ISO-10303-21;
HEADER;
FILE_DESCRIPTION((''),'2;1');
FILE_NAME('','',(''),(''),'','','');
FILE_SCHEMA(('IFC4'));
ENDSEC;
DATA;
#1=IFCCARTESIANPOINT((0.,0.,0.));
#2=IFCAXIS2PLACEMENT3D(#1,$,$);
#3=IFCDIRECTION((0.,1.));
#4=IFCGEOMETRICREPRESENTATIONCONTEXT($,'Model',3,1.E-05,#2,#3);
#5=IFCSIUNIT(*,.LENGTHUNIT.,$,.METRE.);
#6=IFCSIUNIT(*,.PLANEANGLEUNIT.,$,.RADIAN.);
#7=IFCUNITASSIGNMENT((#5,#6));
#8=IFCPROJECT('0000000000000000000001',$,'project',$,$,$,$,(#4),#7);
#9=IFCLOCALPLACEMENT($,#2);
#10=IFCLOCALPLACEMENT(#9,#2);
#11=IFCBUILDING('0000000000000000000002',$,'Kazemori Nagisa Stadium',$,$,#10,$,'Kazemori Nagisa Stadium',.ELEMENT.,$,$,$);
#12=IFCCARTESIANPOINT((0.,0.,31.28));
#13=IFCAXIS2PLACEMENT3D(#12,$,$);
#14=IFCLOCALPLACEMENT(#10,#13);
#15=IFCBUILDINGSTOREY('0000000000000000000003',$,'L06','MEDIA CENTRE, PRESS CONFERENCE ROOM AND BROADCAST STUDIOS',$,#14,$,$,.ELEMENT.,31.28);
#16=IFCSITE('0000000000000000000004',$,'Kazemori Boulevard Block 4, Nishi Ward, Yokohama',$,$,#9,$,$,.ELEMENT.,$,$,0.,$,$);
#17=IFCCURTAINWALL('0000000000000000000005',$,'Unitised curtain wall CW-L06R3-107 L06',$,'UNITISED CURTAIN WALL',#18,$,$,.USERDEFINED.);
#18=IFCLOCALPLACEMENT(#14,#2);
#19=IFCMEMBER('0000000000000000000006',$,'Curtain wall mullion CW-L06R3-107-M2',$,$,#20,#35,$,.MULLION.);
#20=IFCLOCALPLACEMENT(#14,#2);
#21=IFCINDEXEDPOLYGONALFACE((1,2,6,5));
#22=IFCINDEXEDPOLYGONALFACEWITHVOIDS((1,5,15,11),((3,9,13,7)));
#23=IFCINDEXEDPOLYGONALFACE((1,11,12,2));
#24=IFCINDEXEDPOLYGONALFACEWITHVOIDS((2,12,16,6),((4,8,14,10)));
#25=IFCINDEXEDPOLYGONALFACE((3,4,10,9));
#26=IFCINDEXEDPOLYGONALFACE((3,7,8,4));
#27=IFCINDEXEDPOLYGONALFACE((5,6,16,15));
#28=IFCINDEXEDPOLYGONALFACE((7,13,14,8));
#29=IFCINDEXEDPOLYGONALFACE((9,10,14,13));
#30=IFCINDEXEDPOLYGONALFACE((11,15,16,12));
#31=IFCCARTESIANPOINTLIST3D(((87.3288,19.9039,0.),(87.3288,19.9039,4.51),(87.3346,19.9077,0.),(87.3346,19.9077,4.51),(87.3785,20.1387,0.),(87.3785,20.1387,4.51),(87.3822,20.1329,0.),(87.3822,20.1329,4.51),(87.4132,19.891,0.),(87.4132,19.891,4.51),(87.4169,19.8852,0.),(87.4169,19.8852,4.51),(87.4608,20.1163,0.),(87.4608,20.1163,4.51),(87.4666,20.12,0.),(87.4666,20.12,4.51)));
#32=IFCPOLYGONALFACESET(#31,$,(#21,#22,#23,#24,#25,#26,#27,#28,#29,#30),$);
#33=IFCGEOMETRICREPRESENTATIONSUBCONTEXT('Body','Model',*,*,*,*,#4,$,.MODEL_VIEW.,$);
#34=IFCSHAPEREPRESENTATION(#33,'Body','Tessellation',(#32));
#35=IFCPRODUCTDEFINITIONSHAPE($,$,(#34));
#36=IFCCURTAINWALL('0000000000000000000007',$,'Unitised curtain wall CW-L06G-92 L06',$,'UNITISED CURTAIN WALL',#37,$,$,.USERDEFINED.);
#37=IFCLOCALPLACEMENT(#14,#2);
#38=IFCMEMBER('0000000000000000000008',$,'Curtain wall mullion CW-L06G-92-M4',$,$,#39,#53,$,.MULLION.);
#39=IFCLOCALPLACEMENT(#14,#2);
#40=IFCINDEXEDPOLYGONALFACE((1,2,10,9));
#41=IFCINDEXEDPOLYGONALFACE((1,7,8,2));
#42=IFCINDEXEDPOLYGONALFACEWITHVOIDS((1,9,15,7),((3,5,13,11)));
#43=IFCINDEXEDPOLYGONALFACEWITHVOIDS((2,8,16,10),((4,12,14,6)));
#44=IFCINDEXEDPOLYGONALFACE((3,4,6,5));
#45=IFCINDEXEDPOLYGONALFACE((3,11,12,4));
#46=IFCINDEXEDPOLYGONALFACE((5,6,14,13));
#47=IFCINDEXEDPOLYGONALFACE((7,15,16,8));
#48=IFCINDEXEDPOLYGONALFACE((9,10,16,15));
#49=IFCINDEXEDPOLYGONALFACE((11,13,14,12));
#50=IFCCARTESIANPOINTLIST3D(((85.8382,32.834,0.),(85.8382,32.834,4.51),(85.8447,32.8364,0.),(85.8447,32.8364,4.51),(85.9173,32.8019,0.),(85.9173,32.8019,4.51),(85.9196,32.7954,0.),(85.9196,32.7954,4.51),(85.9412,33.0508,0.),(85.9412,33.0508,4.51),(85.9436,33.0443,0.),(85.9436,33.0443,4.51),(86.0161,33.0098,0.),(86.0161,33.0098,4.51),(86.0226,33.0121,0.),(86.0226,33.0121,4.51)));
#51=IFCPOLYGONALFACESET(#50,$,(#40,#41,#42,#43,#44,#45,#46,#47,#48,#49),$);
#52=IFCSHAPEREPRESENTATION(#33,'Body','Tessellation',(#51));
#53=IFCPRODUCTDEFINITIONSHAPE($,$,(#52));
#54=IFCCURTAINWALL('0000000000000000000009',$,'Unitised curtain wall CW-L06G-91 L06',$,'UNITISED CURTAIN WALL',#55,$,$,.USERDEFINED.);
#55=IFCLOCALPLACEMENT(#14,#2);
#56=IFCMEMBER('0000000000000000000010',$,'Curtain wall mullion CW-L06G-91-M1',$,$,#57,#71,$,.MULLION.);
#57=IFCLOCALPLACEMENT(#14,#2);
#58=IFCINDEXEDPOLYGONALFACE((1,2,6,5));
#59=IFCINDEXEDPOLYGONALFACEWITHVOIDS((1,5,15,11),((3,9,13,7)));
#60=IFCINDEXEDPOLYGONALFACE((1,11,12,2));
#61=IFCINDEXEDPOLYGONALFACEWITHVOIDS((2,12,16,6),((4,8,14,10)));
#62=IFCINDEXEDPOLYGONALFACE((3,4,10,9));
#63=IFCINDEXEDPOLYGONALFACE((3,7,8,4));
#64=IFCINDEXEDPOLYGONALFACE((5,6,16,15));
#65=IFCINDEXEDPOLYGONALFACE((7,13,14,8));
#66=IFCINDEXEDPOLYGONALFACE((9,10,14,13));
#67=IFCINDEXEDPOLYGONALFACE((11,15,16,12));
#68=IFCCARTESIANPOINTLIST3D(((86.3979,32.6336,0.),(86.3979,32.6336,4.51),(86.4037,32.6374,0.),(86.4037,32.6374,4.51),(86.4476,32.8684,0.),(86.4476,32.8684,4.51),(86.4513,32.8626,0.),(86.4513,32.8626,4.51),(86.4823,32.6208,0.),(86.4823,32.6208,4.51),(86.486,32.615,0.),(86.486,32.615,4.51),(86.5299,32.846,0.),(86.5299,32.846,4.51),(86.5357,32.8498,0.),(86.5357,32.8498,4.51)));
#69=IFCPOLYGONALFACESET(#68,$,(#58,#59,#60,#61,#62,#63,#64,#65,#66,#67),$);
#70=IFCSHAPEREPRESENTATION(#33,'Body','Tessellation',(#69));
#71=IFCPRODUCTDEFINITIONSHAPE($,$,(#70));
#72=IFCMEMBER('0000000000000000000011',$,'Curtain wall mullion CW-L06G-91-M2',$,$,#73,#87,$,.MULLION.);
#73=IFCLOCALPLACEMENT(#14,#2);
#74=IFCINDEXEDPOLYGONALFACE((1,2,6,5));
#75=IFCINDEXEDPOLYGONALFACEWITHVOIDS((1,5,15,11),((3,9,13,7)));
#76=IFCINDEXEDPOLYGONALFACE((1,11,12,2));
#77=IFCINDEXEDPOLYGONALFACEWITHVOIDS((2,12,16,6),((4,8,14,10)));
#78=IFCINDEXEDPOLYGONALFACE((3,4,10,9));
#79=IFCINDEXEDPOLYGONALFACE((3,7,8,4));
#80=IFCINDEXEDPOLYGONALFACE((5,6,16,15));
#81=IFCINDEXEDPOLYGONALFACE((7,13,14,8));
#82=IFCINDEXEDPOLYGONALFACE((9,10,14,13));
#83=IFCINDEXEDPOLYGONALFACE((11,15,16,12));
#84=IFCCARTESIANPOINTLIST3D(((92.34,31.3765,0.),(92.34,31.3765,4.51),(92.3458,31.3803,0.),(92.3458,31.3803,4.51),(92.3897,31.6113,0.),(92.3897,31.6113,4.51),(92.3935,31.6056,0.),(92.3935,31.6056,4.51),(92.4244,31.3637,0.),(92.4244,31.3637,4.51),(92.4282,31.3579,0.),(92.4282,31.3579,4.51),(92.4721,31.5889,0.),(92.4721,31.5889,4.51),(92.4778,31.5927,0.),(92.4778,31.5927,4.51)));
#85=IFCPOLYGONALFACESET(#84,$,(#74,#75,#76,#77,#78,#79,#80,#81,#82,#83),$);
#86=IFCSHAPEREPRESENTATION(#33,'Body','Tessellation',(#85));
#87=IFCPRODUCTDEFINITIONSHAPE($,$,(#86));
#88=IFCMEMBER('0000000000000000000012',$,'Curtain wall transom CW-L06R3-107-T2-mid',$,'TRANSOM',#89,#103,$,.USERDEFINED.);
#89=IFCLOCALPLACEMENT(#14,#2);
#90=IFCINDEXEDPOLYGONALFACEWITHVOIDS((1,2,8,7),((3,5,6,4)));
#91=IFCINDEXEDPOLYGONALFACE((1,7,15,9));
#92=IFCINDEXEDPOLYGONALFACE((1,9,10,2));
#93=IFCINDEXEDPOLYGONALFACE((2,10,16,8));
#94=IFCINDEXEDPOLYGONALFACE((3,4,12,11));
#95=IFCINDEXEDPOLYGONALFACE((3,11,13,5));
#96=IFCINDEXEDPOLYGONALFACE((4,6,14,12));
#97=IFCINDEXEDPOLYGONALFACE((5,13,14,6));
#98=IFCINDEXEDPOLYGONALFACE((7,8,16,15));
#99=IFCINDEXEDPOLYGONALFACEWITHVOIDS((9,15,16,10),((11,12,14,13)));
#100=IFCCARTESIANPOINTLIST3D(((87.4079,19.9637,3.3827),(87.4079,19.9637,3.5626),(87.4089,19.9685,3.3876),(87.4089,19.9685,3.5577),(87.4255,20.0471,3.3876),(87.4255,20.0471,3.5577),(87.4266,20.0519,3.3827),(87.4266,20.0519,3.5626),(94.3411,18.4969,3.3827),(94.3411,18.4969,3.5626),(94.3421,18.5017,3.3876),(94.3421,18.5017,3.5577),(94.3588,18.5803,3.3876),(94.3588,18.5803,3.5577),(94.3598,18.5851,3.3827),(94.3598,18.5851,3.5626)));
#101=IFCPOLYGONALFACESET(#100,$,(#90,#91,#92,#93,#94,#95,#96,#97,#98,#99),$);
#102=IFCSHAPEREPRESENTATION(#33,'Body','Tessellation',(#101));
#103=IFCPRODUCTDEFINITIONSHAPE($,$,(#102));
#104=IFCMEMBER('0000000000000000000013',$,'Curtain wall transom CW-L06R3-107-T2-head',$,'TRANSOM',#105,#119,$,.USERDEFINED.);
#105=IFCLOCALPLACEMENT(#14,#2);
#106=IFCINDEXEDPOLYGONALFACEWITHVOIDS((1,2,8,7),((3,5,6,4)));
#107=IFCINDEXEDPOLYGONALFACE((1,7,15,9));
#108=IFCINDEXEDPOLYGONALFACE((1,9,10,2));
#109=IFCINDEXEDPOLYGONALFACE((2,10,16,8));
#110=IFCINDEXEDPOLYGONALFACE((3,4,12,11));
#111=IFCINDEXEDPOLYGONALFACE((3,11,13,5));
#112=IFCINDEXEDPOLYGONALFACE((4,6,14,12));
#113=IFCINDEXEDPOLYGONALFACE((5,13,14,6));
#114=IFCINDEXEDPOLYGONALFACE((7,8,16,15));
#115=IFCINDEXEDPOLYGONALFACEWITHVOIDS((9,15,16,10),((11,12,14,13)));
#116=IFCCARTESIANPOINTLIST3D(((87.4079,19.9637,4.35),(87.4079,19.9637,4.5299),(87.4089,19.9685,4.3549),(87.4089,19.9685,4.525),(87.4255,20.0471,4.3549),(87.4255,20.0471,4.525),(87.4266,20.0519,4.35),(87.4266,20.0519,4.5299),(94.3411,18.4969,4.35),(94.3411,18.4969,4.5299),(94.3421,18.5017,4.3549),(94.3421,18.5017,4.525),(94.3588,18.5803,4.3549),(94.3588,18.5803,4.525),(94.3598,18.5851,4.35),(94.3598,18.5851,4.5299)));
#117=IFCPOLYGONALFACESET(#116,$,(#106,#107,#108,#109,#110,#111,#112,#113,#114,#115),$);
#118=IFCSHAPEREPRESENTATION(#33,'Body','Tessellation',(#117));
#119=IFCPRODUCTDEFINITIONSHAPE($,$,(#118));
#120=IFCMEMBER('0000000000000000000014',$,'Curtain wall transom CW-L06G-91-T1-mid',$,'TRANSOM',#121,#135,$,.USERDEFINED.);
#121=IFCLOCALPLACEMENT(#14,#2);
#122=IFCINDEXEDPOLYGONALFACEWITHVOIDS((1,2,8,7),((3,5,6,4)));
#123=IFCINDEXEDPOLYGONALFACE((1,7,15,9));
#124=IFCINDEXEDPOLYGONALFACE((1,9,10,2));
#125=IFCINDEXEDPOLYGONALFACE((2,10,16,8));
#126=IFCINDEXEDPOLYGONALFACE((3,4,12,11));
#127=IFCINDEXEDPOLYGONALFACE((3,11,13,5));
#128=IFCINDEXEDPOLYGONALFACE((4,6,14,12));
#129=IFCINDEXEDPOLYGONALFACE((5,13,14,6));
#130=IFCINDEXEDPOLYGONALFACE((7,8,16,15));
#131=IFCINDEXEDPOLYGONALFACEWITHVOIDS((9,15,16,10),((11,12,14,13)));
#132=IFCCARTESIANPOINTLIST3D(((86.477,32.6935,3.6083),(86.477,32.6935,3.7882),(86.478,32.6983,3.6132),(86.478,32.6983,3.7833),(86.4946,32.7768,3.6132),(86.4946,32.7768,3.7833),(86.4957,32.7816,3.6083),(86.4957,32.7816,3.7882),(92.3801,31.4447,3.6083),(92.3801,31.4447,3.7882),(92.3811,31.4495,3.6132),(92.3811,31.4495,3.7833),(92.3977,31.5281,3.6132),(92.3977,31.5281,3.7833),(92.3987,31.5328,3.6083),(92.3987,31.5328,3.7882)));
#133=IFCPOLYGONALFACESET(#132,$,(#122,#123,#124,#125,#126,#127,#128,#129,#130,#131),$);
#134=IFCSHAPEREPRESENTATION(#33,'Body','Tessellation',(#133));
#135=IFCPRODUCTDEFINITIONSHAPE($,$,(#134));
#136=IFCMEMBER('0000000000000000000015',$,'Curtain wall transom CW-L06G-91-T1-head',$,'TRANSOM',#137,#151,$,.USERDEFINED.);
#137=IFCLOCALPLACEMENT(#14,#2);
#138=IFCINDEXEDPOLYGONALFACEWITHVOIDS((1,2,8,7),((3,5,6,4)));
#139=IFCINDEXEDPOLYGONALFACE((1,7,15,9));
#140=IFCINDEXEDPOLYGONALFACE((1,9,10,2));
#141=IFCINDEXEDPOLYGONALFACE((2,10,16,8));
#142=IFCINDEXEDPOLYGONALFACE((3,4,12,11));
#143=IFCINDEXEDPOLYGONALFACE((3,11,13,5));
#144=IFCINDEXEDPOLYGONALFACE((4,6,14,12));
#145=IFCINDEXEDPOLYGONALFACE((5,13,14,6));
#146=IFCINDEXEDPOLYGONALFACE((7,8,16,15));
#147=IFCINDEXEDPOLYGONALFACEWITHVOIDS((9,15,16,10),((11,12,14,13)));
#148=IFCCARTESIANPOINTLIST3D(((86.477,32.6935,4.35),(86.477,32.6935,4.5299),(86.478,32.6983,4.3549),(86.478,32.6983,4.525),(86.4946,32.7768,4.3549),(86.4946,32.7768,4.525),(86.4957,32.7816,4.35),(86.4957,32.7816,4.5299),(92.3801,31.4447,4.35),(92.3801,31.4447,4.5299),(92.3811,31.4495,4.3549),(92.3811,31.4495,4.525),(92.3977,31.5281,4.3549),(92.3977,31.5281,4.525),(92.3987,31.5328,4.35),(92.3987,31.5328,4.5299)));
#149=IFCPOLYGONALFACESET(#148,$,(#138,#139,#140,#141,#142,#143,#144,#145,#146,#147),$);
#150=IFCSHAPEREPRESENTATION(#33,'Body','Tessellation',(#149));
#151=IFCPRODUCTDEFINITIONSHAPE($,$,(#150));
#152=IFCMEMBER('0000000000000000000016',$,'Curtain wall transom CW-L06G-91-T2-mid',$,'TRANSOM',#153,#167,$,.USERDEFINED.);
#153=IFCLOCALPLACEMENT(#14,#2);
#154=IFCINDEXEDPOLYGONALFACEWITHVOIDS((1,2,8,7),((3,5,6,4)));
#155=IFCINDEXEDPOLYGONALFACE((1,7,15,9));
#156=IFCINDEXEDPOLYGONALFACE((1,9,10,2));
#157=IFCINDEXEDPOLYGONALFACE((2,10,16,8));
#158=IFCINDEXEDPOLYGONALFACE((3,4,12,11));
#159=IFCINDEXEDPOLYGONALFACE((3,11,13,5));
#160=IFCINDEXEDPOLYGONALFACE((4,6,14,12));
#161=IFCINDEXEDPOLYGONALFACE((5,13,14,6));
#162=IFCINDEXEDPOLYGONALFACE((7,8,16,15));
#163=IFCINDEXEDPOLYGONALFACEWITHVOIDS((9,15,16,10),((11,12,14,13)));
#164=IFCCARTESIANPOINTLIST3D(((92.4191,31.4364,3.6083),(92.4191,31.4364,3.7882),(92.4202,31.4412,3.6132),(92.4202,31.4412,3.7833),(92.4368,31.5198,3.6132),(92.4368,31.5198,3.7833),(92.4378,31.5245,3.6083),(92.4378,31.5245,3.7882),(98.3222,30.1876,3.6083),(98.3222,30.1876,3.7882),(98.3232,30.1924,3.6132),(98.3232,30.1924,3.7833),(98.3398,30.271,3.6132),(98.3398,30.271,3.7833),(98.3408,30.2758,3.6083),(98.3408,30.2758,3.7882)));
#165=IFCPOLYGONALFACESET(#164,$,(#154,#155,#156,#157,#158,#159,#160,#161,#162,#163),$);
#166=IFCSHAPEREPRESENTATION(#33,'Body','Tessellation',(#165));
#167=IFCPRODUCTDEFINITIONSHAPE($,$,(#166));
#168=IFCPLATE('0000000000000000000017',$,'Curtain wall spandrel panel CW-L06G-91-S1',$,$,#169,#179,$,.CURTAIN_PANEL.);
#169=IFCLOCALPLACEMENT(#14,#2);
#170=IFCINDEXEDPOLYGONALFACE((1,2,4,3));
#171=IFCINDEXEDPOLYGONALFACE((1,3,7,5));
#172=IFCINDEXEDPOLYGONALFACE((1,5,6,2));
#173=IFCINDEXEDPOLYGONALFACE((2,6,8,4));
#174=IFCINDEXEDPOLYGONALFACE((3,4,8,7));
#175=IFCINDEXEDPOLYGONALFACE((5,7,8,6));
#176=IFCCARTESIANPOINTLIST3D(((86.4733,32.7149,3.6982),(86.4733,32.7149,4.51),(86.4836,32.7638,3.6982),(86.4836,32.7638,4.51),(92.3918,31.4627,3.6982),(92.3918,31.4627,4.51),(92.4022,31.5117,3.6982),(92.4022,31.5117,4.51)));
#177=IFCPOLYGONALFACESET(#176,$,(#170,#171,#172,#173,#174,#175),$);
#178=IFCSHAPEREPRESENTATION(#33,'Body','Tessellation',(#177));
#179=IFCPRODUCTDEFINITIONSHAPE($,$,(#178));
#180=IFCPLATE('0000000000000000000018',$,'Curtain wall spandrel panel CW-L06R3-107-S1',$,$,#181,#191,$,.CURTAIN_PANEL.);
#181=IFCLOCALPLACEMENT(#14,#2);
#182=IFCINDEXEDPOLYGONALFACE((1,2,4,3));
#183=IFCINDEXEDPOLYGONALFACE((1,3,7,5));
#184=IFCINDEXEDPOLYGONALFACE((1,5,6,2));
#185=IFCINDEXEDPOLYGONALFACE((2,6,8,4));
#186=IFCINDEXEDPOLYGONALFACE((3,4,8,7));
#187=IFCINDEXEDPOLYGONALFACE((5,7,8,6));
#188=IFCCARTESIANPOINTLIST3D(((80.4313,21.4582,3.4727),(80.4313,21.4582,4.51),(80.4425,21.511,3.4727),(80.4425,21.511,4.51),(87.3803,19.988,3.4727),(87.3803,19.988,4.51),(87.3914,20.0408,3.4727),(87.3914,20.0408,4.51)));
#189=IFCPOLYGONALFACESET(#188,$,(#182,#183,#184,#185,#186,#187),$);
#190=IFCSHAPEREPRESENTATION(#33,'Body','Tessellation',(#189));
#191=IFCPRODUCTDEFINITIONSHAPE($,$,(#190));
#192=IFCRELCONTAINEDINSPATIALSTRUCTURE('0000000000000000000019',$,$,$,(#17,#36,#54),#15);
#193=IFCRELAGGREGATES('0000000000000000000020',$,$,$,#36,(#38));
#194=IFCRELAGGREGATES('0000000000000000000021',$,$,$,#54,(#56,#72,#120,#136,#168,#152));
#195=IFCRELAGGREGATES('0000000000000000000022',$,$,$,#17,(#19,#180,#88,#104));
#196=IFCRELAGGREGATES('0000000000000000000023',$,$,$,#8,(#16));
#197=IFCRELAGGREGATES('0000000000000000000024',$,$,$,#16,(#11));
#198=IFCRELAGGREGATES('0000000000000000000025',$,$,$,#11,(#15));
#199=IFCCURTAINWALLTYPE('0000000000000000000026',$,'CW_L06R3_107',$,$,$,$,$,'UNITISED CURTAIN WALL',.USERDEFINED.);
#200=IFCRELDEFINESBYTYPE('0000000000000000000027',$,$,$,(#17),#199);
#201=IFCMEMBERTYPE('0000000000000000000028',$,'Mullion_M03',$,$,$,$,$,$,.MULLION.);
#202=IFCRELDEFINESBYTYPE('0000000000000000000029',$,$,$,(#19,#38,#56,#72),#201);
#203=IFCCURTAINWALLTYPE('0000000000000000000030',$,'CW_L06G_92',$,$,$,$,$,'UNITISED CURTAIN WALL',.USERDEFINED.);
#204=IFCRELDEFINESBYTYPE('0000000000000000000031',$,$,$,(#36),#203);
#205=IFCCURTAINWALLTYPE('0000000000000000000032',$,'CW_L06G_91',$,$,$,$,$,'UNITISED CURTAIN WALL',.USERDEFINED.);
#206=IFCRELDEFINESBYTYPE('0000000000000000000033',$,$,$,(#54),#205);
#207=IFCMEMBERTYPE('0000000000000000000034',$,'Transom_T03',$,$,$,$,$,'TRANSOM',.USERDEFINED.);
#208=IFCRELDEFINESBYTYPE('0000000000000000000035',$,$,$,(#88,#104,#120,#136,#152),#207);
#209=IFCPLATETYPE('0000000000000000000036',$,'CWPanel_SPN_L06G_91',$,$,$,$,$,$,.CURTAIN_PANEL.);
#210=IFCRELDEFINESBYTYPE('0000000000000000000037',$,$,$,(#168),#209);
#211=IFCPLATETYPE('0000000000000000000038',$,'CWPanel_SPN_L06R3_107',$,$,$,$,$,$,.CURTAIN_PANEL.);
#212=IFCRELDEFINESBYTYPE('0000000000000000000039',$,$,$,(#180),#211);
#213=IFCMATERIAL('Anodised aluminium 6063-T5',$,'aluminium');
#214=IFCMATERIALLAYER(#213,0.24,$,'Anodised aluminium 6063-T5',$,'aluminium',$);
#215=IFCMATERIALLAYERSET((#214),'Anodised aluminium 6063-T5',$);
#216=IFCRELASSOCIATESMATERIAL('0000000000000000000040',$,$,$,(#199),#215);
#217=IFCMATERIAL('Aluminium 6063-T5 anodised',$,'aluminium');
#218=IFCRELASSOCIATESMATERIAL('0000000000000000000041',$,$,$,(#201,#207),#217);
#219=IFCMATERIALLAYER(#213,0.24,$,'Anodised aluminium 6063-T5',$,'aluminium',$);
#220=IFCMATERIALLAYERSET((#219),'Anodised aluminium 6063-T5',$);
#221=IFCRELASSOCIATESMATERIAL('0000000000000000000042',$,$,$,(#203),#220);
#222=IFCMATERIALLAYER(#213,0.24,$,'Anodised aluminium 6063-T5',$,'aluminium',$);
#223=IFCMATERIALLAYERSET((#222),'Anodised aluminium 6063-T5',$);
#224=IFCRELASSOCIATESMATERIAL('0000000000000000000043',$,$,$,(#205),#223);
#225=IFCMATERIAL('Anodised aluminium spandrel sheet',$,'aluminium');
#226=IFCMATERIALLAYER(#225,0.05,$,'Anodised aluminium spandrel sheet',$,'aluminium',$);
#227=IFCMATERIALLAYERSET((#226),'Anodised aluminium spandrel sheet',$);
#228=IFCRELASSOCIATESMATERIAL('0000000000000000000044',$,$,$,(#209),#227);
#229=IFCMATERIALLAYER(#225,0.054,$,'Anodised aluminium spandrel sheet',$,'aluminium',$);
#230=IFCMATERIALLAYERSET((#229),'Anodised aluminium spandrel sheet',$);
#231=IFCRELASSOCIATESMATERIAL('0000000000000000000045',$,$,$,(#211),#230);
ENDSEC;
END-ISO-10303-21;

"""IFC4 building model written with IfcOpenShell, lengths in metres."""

from ifc_helpers import new_model, si_unit, direction, frame, origin, origin_2d, place, context, subcontext, project, spatial, rectangle, hollow_rectangle, extrude, material, layer, layer_set, material_profile, profile_set, type_object, element, aggregate, save


model = new_model("IFC4")

# Units and contexts
model_context = context("Model", 3, precision=1e-05, world=origin(), true_north=direction((0.0, 1.0)))
body_context = subcontext(model_context, "Body", "Model", "MODEL_VIEW")
ifc_project = project(units=[si_unit("LENGTHUNIT", "METRE"), si_unit("PLANEANGLEUNIT", "RADIAN")], contexts=[model_context])

# Site, building, storey
site_placement = place(None, origin())
site = spatial("IfcSite", under=ifc_project, at=site_placement, Name="Kazemori Boulevard Block 4, Nishi Ward, Yokohama", CompositionType="ELEMENT", RefElevation=0.0)
building_placement = place(site_placement, origin())
building = spatial("IfcBuilding", under=site, at=building_placement, Name="Kazemori Nagisa Stadium", LongName="Kazemori Nagisa Stadium", CompositionType="ELEMENT")
storey_placement = place(building_placement, frame((0.0, 0.0, 31.28)))
storey = spatial("IfcBuildingStorey", under=building, at=storey_placement, Name="L06", Description="MEDIA CENTRE, PRESS CONFERENCE ROOM AND BROADCAST STUDIOS", CompositionType="ELEMENT", Elevation=31.28)

# Curtain walls, members
ifc_material_1 = material(Name="Anodised aluminium 6063-T5", Category="aluminium")
ifc_layer_1 = layer(ifc_material_1, 0.24, Name="Anodised aluminium 6063-T5", Category="aluminium")
ifc_layer_set_1 = layer_set([ifc_layer_1], Name="Anodised aluminium 6063-T5")
curtain_wall_type_1 = type_object("IfcCurtainWallType", Name="CW_L06R3_107", ElementType="UNITISED CURTAIN WALL", PredefinedType="USERDEFINED", material=ifc_layer_set_1)
curtain_wall_1_placement = place(storey_placement, origin())
curtain_wall_1 = element("IfcCurtainWall", 1, at=curtain_wall_1_placement, inside=storey, type_object=curtain_wall_type_1, Name="Unitised curtain wall CW-L06R3-107 L06", ObjectType="UNITISED CURTAIN WALL", PredefinedType="USERDEFINED")
ifc_material_2 = material(Name="Aluminium 6063-T5 anodised", Category="aluminium")
ifc_material_profile_1 = material_profile(ifc_material_2, hollow_rectangle(XDim=0.0901, YDim=0.24, WallThickness=0.0049, at=origin_2d()), Name="ALU-MULL-90x240x5")
ifc_profile_set_1 = profile_set([ifc_material_profile_1], Name="Aluminium 6063-T5 anodised")
member_type_1 = type_object("IfcMemberType", Name="Mullion_M03", PredefinedType="MULLION", material=ifc_profile_set_1)
member_1_placement = place(storey_placement, frame((87.3977, 20.012, 0.0), z_axis=(0.0, 0.0, 1.0), x_axis=(0.978345, -0.206981, 0.0)))
member_1 = element("IfcMember", 2, at=member_1_placement, type_object=member_type_1, Name="Curtain wall mullion CW-L06R3-107-M2", PredefinedType="MULLION", context=body_context, shape_type="SweptSolid", body=[
    extrude(hollow_rectangle(XDim=0.0901, YDim=0.24, WallThickness=0.0049, at=origin_2d()), origin(), (0.0, 0.0, 1.0), 4.51),
])
ifc_layer_2 = layer(ifc_material_1, 0.24, Name="Anodised aluminium 6063-T5", Category="aluminium")
ifc_layer_set_2 = layer_set([ifc_layer_2], Name="Anodised aluminium 6063-T5")
curtain_wall_type_2 = type_object("IfcCurtainWallType", Name="CW_L06G_92", ElementType="UNITISED CURTAIN WALL", PredefinedType="USERDEFINED", material=ifc_layer_set_2)
curtain_wall_2_placement = place(storey_placement, origin())
curtain_wall_2 = element("IfcCurtainWall", 3, at=curtain_wall_2_placement, inside=storey, type_object=curtain_wall_type_2, Name="Unitised curtain wall CW-L06G-92 L06", ObjectType="UNITISED CURTAIN WALL", PredefinedType="USERDEFINED")
member_2_placement = place(storey_placement, frame((85.9304, 32.9231, 0.0), z_axis=(0.0, 0.0, 1.0), x_axis=(0.903216, -0.429186, 0.0)))
member_2 = element("IfcMember", 4, at=member_2_placement, type_object=member_type_1, Name="Curtain wall mullion CW-L06G-92-M4", PredefinedType="MULLION", context=body_context, shape_type="SweptSolid", body=[
    extrude(hollow_rectangle(XDim=0.0901, YDim=0.24, WallThickness=0.0049, at=origin_2d()), origin(), (0.0, 0.0, 1.0), 4.51),
])
aggregate(curtain_wall_2, [member_2])

# Curtain wall, members
ifc_layer_3 = layer(ifc_material_1, 0.24, Name="Anodised aluminium 6063-T5", Category="aluminium")
ifc_layer_set_3 = layer_set([ifc_layer_3], Name="Anodised aluminium 6063-T5")
curtain_wall_type_3 = type_object("IfcCurtainWallType", Name="CW_L06G_91", ElementType="UNITISED CURTAIN WALL", PredefinedType="USERDEFINED", material=ifc_layer_set_3)
curtain_wall_3_placement = place(storey_placement, origin())
curtain_wall_3 = element("IfcCurtainWall", 5, at=curtain_wall_3_placement, inside=storey, type_object=curtain_wall_type_3, Name="Unitised curtain wall CW-L06G-91 L06", ObjectType="UNITISED CURTAIN WALL", PredefinedType="USERDEFINED")
member_3_placement = place(storey_placement, frame((86.4668, 32.7417, 0.0), z_axis=(0.0, 0.0, 1.0), x_axis=(0.978345, -0.206981, 0.0)))
member_3 = element("IfcMember", 6, at=member_3_placement, type_object=member_type_1, Name="Curtain wall mullion CW-L06G-91-M1", PredefinedType="MULLION", context=body_context, shape_type="SweptSolid", body=[
    extrude(hollow_rectangle(XDim=0.0901, YDim=0.24, WallThickness=0.0049, at=origin_2d()), origin(), (0.0, 0.0, 1.0), 4.51),
])
member_4_placement = place(storey_placement, frame((92.4089, 31.4846, 0.0), z_axis=(0.0, 0.0, 1.0), x_axis=(0.978345, -0.206981, 0.0)))
member_4 = element("IfcMember", 7, at=member_4_placement, type_object=member_type_1, Name="Curtain wall mullion CW-L06G-91-M2", PredefinedType="MULLION", context=body_context, shape_type="SweptSolid", body=[
    extrude(hollow_rectangle(XDim=0.0901, YDim=0.24, WallThickness=0.0049, at=origin_2d()), origin(), (0.0, 0.0, 1.0), 4.51),
])

# Members
ifc_material_profile_2 = material_profile(ifc_material_2, hollow_rectangle(XDim=0.0901, YDim=0.1799, WallThickness=0.0049, at=origin_2d()), Name="ALU-TRAN-90x180x5")
ifc_profile_set_2 = profile_set([ifc_material_profile_2], Name="Aluminium 6063-T5 anodised")
member_type_2 = type_object("IfcMemberType", Name="Transom_T03", ElementType="TRANSOM", PredefinedType="USERDEFINED", material=ifc_profile_set_2)
member_5_placement = place(storey_placement, frame((87.4172, 20.0078, 3.4727), z_axis=(0.978345, -0.206983, 0.0), x_axis=(0.206983, 0.978345, 0.0)))
member_5 = element("IfcMember", 8, at=member_5_placement, type_object=member_type_2, Name="Curtain wall transom CW-L06R3-107-T2-mid", ObjectType="TRANSOM", PredefinedType="USERDEFINED", context=body_context, shape_type="SweptSolid", body=[
    extrude(hollow_rectangle(XDim=0.0901, YDim=0.1799, WallThickness=0.0049, at=origin_2d()), origin(), (0.0, 0.0, 1.0), 7.0867),
])
member_6_placement = place(storey_placement, frame((87.4172, 20.0078, 4.4399), z_axis=(0.978345, -0.206983, 0.0), x_axis=(0.206983, 0.978345, 0.0)))
member_6 = element("IfcMember", 9, at=member_6_placement, type_object=member_type_2, Name="Curtain wall transom CW-L06R3-107-T2-head", ObjectType="TRANSOM", PredefinedType="USERDEFINED", context=body_context, shape_type="SweptSolid", body=[
    extrude(hollow_rectangle(XDim=0.0901, YDim=0.1799, WallThickness=0.0049, at=origin_2d()), origin(), (0.0, 0.0, 1.0), 7.0867),
])
member_7_placement = place(storey_placement, frame((86.4863, 32.7375, 3.6982), z_axis=(0.978348, -0.206967, 0.0), x_axis=(0.206967, 0.978348, 0.0)))
member_7 = element("IfcMember", 10, at=member_7_placement, type_object=member_type_2, Name="Curtain wall transom CW-L06G-91-T1-mid", ObjectType="TRANSOM", PredefinedType="USERDEFINED", context=body_context, shape_type="SweptSolid", body=[
    extrude(hollow_rectangle(XDim=0.0901, YDim=0.1799, WallThickness=0.0049, at=origin_2d()), origin(), (0.0, 0.0, 1.0), 6.0337),
])
member_8_placement = place(storey_placement, frame((86.4863, 32.7375, 4.4399), z_axis=(0.978348, -0.206967, 0.0), x_axis=(0.206967, 0.978348, 0.0)))
member_8 = element("IfcMember", 11, at=member_8_placement, type_object=member_type_2, Name="Curtain wall transom CW-L06G-91-T1-head", ObjectType="TRANSOM", PredefinedType="USERDEFINED", context=body_context, shape_type="SweptSolid", body=[
    extrude(hollow_rectangle(XDim=0.0901, YDim=0.1799, WallThickness=0.0049, at=origin_2d()), origin(), (0.0, 0.0, 1.0), 6.0337),
])
member_9_placement = place(storey_placement, frame((92.4285, 31.4805, 3.6982), z_axis=(0.978348, -0.206967, 0.0), x_axis=(0.206967, 0.978348, 0.0)))
member_9 = element("IfcMember", 12, at=member_9_placement, type_object=member_type_2, Name="Curtain wall transom CW-L06G-91-T2-mid", ObjectType="TRANSOM", PredefinedType="USERDEFINED", context=body_context, shape_type="SweptSolid", body=[
    extrude(hollow_rectangle(XDim=0.0901, YDim=0.1799, WallThickness=0.0049, at=origin_2d()), origin(), (0.0, 0.0, 1.0), 6.0337),
])

# Plates
ifc_material_3 = material(Name="Anodised aluminium spandrel sheet", Category="aluminium")
ifc_layer_4 = layer(ifc_material_3, 0.05, Name="Anodised aluminium spandrel sheet", Category="aluminium")
ifc_layer_set_4 = layer_set([ifc_layer_4], Name="Anodised aluminium spandrel sheet")
plate_type_1 = type_object("IfcPlateType", Name="CWPanel_SPN_L06G_91", PredefinedType="CURTAIN_PANEL", material=ifc_layer_set_4)
plate_1_placement = place(storey_placement, frame((89.4377, 32.1133, 3.6982), z_axis=(0.0, 0.0, 1.0), x_axis=(0.978345, -0.206981, 0.0)))
plate_1 = element("IfcPlate", 13, at=plate_1_placement, type_object=plate_type_1, Name="Curtain wall spandrel panel CW-L06G-91-S1", PredefinedType="CURTAIN_PANEL", context=body_context, shape_type="SweptSolid", body=[
    extrude(rectangle(XDim=6.0496, YDim=0.05, at=origin_2d()), origin(), (0.0, 0.0, 1.0), 0.8118),
])
ifc_layer_5 = layer(ifc_material_3, 0.054, Name="Anodised aluminium spandrel sheet", Category="aluminium")
ifc_layer_set_5 = layer_set([ifc_layer_5], Name="Anodised aluminium spandrel sheet")
plate_type_2 = type_object("IfcPlateType", Name="CWPanel_SPN_L06R3_107", PredefinedType="CURTAIN_PANEL", material=ifc_layer_set_5)
plate_2_placement = place(storey_placement, frame((83.9114, 20.7495, 3.4727), z_axis=(0.0, 0.0, 1.0), x_axis=(0.978345, -0.206981, 0.0)))
plate_2 = element("IfcPlate", 14, at=plate_2_placement, type_object=plate_type_2, Name="Curtain wall spandrel panel CW-L06R3-107-S1", PredefinedType="CURTAIN_PANEL", context=body_context, shape_type="SweptSolid", body=[
    extrude(rectangle(XDim=7.1028, YDim=0.054, at=origin_2d()), origin(), (0.0, 0.0, 1.0), 1.0374),
])
aggregate(curtain_wall_3, [member_3, member_4, member_7, member_8, plate_1, member_9])
aggregate(curtain_wall_1, [member_1, plate_2, member_5, member_6])

save(model, "model.ifc")
